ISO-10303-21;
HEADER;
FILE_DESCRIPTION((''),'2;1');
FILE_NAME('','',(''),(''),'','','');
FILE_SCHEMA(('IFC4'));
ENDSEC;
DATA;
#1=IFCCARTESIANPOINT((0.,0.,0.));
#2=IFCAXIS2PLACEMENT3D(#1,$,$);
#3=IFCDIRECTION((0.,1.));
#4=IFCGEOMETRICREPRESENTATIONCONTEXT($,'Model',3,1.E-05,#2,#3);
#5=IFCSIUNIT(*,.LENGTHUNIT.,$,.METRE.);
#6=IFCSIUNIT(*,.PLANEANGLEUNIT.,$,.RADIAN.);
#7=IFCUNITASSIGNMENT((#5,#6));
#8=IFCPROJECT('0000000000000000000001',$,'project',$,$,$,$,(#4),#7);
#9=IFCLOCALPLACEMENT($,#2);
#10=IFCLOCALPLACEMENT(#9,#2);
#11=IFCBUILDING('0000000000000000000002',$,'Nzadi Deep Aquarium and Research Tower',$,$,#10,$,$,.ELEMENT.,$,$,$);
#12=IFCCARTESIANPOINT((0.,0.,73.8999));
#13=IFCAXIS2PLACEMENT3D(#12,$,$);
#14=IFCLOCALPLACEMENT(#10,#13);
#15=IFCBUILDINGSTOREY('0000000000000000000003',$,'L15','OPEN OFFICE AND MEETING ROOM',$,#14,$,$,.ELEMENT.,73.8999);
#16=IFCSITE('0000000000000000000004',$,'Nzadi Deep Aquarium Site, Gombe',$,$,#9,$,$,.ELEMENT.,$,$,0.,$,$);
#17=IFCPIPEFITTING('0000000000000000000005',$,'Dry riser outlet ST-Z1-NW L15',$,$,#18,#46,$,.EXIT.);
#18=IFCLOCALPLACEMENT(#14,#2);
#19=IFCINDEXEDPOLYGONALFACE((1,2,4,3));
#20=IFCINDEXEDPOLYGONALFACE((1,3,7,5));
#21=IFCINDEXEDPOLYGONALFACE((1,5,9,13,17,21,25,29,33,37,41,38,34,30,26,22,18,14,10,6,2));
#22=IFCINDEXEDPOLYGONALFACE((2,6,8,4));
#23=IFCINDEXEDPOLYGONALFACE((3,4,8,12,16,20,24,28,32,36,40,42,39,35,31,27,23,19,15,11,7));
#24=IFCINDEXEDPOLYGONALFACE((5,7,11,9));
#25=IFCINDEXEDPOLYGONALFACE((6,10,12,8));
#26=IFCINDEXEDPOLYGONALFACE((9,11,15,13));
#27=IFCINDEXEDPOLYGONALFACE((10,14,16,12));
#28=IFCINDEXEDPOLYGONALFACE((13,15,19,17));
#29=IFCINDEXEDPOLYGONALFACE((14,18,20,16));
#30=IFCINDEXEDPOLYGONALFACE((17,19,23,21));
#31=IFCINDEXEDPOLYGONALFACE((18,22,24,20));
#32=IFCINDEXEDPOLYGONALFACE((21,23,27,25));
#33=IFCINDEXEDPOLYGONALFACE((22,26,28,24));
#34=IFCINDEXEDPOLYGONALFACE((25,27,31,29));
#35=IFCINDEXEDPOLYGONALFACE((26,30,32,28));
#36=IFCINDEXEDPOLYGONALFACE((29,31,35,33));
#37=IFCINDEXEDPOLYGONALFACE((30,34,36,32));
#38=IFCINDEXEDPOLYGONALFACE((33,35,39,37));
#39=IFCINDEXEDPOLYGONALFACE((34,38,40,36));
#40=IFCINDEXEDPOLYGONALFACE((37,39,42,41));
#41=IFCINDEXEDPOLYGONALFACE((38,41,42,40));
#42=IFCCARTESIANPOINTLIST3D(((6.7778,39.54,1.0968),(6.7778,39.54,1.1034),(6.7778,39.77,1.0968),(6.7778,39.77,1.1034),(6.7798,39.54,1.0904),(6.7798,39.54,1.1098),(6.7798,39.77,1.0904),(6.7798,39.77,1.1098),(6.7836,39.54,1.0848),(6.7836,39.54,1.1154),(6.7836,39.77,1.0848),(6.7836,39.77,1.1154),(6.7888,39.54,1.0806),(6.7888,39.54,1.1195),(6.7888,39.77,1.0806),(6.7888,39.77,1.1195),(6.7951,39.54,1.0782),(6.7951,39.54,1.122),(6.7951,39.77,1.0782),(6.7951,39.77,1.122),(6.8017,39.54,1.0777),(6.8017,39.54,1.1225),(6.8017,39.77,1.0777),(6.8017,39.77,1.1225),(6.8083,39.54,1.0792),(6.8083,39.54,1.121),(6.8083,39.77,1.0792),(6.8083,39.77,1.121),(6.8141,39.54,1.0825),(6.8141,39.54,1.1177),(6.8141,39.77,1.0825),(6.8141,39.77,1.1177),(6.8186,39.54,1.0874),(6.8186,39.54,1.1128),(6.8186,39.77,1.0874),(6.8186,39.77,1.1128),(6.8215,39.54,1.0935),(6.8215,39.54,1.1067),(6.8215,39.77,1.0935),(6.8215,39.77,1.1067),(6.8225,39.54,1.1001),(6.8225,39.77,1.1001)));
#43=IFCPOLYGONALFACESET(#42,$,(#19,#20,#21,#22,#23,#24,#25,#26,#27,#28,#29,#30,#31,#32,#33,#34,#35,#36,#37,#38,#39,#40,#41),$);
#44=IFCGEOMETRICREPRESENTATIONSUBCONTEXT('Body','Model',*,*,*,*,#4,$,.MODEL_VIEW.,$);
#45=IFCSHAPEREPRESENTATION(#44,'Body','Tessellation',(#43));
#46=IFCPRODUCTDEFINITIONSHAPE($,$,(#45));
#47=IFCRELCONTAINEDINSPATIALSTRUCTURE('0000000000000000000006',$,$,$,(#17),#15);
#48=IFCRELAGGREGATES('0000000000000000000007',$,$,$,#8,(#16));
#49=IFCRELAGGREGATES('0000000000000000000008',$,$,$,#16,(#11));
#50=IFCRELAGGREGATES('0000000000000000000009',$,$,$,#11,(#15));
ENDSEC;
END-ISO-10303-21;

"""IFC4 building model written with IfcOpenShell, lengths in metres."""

from ifc_helpers import new_model, si_unit, direction, frame, origin, origin_2d, place, context, subcontext, project, spatial, circle, extrude, element, save


model = new_model("IFC4")

# Units and contexts
model_context = context("Model", 3, precision=1e-05, world=origin(), true_north=direction((0.0, 1.0)))
body_context = subcontext(model_context, "Body", "Model", "MODEL_VIEW")
ifc_project = project(units=[si_unit("LENGTHUNIT", "METRE"), si_unit("PLANEANGLEUNIT", "RADIAN")], contexts=[model_context])

# Site, building, storey
site_placement = place(None, origin())
site = spatial("IfcSite", under=ifc_project, at=site_placement, Name="Nzadi Deep Aquarium Site, Gombe", CompositionType="ELEMENT", RefElevation=0.0)
building_placement = place(site_placement, origin())
building = spatial("IfcBuilding", under=site, at=building_placement, Name="Nzadi Deep Aquarium and Research Tower", CompositionType="ELEMENT")
storey_placement = place(building_placement, frame((0.0, 0.0, 73.8999)))
storey = spatial("IfcBuildingStorey", under=building, at=storey_placement, Name="L15", Description="OPEN OFFICE AND MEETING ROOM", CompositionType="ELEMENT", Elevation=73.8999)

# Pipe fitting
pipe_fitting_placement = place(storey_placement, frame((6.8, 39.77, 1.1001), z_axis=(0.0, -1.0, 0.0), x_axis=(1.0, 0.0, 0.0)))
element("IfcPipeFitting", 1, at=pipe_fitting_placement, inside=storey, Name="Dry riser outlet ST-Z1-NW L15", PredefinedType="EXIT", context=body_context, shape_type="SweptSolid", body=[
    extrude(circle(Radius=0.0225, at=origin_2d()), origin(), (0.0, 0.0, 1.0), 0.23),
])

save(model, "model.ifc")
